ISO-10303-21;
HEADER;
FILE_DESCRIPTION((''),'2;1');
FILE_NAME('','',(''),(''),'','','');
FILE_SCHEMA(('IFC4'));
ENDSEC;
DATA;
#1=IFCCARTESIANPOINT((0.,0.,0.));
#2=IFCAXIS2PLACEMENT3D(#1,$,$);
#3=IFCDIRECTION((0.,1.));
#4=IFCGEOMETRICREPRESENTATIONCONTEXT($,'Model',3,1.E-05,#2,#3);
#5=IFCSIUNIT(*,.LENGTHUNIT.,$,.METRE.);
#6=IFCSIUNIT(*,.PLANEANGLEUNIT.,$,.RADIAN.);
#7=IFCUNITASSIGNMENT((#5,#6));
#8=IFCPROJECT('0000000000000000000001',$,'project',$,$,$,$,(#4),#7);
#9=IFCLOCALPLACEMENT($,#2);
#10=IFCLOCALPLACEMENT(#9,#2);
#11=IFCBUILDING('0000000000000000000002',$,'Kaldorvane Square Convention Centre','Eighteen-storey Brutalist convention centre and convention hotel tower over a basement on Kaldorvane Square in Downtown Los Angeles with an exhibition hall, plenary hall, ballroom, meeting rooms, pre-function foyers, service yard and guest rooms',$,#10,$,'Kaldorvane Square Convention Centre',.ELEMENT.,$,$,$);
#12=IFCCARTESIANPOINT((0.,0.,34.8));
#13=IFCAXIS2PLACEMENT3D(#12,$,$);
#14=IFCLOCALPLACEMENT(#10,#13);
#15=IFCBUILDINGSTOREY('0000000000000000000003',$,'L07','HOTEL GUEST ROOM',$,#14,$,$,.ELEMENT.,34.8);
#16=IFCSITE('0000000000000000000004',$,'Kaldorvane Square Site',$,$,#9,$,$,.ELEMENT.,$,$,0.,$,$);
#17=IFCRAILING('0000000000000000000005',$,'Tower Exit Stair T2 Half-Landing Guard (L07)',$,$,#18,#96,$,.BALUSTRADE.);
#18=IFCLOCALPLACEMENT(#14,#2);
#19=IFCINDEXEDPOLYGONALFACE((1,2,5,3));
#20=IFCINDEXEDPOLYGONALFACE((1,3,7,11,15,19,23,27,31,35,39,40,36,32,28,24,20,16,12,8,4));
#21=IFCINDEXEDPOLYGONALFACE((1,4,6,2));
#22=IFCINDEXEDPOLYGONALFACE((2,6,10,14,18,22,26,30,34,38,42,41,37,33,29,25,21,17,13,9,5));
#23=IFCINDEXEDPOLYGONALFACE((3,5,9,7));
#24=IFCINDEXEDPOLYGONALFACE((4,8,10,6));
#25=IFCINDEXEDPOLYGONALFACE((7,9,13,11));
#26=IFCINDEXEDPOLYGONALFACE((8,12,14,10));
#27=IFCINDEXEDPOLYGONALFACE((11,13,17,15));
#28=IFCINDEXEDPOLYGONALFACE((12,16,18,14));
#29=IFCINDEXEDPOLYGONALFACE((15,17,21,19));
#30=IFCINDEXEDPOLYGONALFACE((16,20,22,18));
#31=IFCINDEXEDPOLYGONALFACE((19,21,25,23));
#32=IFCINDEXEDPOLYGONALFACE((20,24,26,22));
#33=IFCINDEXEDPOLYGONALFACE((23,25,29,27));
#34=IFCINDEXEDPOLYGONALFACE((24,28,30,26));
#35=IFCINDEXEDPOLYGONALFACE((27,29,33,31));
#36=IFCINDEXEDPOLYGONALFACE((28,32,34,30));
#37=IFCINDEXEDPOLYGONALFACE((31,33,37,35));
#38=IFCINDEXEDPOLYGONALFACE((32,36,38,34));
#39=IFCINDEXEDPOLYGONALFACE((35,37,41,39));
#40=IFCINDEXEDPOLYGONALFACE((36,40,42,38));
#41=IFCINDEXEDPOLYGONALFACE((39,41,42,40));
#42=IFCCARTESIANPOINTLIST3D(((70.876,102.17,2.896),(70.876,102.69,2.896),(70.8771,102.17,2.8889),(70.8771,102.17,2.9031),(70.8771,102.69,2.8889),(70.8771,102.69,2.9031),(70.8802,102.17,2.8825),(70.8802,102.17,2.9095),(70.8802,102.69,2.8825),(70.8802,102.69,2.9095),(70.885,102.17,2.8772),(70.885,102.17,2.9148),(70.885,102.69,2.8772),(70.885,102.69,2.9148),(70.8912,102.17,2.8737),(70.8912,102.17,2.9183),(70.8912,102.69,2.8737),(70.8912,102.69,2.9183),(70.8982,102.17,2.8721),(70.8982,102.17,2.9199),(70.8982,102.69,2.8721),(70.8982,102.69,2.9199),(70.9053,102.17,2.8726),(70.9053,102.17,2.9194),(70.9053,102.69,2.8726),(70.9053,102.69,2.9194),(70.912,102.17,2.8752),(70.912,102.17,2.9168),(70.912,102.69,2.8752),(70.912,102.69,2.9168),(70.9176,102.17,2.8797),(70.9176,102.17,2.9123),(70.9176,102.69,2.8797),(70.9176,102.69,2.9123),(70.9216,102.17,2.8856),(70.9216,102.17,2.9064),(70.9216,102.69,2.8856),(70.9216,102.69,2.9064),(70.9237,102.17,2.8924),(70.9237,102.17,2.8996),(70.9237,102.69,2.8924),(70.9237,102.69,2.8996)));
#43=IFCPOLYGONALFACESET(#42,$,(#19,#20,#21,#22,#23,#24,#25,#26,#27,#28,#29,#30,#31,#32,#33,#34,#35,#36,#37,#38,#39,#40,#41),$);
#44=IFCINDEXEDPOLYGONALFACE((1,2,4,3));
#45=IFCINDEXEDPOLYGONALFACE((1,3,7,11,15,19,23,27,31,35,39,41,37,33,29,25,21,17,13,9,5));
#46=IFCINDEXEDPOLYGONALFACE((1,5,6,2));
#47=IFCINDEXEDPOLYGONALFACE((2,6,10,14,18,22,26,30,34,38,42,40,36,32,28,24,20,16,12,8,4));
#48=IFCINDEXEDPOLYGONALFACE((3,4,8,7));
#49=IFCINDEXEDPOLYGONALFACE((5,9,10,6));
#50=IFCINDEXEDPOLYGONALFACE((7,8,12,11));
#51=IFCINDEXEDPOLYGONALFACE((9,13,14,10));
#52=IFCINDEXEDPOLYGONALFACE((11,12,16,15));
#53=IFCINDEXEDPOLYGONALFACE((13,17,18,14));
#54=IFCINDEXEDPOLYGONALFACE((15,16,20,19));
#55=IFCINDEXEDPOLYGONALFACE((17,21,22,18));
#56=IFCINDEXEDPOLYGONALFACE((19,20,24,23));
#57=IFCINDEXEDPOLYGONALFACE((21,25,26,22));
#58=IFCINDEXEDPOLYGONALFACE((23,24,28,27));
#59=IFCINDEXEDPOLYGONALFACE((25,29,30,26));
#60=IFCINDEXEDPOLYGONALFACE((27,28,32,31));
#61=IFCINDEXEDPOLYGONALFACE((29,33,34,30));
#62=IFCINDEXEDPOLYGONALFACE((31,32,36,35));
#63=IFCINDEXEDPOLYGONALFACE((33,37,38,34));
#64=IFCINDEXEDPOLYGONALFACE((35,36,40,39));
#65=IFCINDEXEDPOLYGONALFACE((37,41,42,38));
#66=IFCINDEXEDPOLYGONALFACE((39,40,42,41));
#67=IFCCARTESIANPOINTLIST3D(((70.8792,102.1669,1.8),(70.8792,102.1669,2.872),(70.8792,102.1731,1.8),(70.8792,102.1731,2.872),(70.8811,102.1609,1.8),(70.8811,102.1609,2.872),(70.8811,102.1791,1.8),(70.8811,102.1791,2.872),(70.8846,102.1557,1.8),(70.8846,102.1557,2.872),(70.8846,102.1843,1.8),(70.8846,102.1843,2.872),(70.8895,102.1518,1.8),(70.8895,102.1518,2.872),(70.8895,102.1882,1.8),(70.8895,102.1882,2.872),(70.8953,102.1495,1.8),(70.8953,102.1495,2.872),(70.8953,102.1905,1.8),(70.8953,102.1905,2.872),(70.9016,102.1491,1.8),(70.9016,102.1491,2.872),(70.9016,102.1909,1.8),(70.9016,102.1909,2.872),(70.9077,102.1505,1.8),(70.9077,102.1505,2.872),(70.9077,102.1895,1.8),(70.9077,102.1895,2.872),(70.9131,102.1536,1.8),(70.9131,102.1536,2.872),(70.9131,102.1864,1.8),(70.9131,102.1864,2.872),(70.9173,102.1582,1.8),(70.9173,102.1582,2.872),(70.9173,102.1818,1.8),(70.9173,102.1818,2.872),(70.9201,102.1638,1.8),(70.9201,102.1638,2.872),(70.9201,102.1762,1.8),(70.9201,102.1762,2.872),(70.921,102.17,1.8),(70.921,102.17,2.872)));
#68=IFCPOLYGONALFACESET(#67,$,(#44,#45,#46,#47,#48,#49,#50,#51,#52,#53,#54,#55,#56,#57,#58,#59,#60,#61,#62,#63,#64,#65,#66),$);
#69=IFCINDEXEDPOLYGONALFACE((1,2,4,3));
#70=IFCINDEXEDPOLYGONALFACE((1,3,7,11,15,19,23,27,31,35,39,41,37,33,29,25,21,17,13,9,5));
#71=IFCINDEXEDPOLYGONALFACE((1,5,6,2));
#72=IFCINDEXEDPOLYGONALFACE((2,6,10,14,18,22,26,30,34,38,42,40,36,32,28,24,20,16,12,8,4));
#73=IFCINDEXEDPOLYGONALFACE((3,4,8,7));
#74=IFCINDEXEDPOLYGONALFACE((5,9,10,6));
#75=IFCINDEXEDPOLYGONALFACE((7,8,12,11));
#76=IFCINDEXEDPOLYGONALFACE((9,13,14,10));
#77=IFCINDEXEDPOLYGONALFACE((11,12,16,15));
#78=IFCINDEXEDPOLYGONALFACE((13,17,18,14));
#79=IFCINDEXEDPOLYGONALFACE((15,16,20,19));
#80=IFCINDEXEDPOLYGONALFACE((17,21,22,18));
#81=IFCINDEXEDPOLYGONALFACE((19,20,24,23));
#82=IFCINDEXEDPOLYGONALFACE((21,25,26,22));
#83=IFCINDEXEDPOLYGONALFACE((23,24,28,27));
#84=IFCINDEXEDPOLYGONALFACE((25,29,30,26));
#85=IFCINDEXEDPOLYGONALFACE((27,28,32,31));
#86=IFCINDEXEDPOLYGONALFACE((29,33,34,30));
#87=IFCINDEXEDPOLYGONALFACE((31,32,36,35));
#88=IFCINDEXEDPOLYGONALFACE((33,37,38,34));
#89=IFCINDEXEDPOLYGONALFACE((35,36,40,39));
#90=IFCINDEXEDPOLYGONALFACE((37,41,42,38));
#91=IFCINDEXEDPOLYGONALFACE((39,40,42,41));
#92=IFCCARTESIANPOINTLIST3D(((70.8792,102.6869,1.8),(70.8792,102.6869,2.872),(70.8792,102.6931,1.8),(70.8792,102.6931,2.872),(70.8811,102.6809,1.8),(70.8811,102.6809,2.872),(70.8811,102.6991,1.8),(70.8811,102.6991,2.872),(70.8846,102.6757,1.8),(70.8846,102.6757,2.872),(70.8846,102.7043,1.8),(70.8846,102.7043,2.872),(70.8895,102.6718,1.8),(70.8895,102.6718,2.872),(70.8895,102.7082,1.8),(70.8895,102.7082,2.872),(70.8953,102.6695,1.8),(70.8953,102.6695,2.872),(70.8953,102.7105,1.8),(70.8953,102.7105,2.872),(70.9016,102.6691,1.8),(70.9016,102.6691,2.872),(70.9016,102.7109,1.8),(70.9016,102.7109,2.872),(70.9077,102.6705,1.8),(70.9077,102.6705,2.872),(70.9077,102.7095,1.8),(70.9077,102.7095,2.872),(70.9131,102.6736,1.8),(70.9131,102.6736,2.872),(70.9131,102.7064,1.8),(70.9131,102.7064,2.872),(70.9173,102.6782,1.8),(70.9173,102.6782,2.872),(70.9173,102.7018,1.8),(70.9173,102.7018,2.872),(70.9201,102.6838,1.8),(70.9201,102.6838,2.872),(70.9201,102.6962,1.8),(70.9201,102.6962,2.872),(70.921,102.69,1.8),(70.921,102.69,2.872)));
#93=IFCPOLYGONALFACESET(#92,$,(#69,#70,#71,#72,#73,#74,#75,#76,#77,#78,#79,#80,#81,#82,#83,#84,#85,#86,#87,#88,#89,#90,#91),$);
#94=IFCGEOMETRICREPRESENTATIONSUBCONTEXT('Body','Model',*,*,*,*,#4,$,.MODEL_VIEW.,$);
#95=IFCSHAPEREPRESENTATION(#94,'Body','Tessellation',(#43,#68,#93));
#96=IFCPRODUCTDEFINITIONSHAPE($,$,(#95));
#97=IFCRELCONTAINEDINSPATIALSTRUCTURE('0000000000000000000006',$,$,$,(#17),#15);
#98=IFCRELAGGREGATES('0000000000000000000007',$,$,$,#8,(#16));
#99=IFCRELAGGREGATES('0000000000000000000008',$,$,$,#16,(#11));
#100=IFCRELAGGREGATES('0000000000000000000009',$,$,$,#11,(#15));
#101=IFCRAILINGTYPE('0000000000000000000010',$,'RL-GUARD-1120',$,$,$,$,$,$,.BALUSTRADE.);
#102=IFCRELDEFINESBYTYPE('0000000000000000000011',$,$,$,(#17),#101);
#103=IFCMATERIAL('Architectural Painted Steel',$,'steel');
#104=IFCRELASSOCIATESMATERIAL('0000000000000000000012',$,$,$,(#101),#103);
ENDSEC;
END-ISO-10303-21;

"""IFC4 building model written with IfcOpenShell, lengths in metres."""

from ifc_helpers import new_model, si_unit, direction, frame, origin, origin_2d, place, context, subcontext, project, spatial, circle, extrude, material, type_object, element, save


model = new_model("IFC4")

# Units and contexts
model_context = context("Model", 3, precision=1e-05, world=origin(), true_north=direction((0.0, 1.0)))
body_context = subcontext(model_context, "Body", "Model", "MODEL_VIEW")
ifc_project = project(units=[si_unit("LENGTHUNIT", "METRE"), si_unit("PLANEANGLEUNIT", "RADIAN")], contexts=[model_context])

# Site, building, storey
site_placement = place(None, origin())
site = spatial("IfcSite", under=ifc_project, at=site_placement, Name="Kaldorvane Square Site", CompositionType="ELEMENT", RefElevation=0.0)
building_placement = place(site_placement, origin())
building = spatial("IfcBuilding", under=site, at=building_placement, Name="Kaldorvane Square Convention Centre", Description="Eighteen-storey Brutalist convention centre and convention hotel tower over a basement on Kaldorvane Square in Downtown Los Angeles with an exhibition hall, plenary hall, ballroom, meeting rooms, pre-function foyers, service yard and guest rooms", LongName="Kaldorvane Square Convention Centre", CompositionType="ELEMENT")
storey_placement = place(building_placement, frame((0.0, 0.0, 34.8)))
storey = spatial("IfcBuildingStorey", under=building, at=storey_placement, Name="L07", Description="HOTEL GUEST ROOM", CompositionType="ELEMENT", Elevation=34.8)

# Railing
ifc_material_1 = material(Name="Architectural Painted Steel", Category="steel")
railing_type_1 = type_object("IfcRailingType", Name="RL-GUARD-1120", PredefinedType="BALUSTRADE", material=ifc_material_1)
for number, where, name in (
    (1, (70.9, 102.17, 1.8), "Tower Exit Stair T2 Half-Landing Guard (L07)"),
):
    element("IfcRailing", number, at=place(storey_placement, frame(where)), inside=storey, type_object=railing_type_1, Name=name, PredefinedType="BALUSTRADE", context=body_context, shape_type="SweptSolid", body=[
        extrude(circle(Radius=0.024, at=origin_2d()), frame((0.0, 0.0, 1.096), z_axis=(0.0, 1.0, 0.0), x_axis=(-1.0, 0.0, 0.0)), (0.0, 0.0, 1.0), 0.52),
        extrude(circle(Radius=0.021, at=origin_2d()), origin(), (0.0, 0.0, 1.0), 1.072),
        extrude(circle(Radius=0.021, at=origin_2d()), frame((0.0, 0.52, 0.0)), (0.0, 0.0, 1.0), 1.072),
    ])

save(model, "model.ifc")
